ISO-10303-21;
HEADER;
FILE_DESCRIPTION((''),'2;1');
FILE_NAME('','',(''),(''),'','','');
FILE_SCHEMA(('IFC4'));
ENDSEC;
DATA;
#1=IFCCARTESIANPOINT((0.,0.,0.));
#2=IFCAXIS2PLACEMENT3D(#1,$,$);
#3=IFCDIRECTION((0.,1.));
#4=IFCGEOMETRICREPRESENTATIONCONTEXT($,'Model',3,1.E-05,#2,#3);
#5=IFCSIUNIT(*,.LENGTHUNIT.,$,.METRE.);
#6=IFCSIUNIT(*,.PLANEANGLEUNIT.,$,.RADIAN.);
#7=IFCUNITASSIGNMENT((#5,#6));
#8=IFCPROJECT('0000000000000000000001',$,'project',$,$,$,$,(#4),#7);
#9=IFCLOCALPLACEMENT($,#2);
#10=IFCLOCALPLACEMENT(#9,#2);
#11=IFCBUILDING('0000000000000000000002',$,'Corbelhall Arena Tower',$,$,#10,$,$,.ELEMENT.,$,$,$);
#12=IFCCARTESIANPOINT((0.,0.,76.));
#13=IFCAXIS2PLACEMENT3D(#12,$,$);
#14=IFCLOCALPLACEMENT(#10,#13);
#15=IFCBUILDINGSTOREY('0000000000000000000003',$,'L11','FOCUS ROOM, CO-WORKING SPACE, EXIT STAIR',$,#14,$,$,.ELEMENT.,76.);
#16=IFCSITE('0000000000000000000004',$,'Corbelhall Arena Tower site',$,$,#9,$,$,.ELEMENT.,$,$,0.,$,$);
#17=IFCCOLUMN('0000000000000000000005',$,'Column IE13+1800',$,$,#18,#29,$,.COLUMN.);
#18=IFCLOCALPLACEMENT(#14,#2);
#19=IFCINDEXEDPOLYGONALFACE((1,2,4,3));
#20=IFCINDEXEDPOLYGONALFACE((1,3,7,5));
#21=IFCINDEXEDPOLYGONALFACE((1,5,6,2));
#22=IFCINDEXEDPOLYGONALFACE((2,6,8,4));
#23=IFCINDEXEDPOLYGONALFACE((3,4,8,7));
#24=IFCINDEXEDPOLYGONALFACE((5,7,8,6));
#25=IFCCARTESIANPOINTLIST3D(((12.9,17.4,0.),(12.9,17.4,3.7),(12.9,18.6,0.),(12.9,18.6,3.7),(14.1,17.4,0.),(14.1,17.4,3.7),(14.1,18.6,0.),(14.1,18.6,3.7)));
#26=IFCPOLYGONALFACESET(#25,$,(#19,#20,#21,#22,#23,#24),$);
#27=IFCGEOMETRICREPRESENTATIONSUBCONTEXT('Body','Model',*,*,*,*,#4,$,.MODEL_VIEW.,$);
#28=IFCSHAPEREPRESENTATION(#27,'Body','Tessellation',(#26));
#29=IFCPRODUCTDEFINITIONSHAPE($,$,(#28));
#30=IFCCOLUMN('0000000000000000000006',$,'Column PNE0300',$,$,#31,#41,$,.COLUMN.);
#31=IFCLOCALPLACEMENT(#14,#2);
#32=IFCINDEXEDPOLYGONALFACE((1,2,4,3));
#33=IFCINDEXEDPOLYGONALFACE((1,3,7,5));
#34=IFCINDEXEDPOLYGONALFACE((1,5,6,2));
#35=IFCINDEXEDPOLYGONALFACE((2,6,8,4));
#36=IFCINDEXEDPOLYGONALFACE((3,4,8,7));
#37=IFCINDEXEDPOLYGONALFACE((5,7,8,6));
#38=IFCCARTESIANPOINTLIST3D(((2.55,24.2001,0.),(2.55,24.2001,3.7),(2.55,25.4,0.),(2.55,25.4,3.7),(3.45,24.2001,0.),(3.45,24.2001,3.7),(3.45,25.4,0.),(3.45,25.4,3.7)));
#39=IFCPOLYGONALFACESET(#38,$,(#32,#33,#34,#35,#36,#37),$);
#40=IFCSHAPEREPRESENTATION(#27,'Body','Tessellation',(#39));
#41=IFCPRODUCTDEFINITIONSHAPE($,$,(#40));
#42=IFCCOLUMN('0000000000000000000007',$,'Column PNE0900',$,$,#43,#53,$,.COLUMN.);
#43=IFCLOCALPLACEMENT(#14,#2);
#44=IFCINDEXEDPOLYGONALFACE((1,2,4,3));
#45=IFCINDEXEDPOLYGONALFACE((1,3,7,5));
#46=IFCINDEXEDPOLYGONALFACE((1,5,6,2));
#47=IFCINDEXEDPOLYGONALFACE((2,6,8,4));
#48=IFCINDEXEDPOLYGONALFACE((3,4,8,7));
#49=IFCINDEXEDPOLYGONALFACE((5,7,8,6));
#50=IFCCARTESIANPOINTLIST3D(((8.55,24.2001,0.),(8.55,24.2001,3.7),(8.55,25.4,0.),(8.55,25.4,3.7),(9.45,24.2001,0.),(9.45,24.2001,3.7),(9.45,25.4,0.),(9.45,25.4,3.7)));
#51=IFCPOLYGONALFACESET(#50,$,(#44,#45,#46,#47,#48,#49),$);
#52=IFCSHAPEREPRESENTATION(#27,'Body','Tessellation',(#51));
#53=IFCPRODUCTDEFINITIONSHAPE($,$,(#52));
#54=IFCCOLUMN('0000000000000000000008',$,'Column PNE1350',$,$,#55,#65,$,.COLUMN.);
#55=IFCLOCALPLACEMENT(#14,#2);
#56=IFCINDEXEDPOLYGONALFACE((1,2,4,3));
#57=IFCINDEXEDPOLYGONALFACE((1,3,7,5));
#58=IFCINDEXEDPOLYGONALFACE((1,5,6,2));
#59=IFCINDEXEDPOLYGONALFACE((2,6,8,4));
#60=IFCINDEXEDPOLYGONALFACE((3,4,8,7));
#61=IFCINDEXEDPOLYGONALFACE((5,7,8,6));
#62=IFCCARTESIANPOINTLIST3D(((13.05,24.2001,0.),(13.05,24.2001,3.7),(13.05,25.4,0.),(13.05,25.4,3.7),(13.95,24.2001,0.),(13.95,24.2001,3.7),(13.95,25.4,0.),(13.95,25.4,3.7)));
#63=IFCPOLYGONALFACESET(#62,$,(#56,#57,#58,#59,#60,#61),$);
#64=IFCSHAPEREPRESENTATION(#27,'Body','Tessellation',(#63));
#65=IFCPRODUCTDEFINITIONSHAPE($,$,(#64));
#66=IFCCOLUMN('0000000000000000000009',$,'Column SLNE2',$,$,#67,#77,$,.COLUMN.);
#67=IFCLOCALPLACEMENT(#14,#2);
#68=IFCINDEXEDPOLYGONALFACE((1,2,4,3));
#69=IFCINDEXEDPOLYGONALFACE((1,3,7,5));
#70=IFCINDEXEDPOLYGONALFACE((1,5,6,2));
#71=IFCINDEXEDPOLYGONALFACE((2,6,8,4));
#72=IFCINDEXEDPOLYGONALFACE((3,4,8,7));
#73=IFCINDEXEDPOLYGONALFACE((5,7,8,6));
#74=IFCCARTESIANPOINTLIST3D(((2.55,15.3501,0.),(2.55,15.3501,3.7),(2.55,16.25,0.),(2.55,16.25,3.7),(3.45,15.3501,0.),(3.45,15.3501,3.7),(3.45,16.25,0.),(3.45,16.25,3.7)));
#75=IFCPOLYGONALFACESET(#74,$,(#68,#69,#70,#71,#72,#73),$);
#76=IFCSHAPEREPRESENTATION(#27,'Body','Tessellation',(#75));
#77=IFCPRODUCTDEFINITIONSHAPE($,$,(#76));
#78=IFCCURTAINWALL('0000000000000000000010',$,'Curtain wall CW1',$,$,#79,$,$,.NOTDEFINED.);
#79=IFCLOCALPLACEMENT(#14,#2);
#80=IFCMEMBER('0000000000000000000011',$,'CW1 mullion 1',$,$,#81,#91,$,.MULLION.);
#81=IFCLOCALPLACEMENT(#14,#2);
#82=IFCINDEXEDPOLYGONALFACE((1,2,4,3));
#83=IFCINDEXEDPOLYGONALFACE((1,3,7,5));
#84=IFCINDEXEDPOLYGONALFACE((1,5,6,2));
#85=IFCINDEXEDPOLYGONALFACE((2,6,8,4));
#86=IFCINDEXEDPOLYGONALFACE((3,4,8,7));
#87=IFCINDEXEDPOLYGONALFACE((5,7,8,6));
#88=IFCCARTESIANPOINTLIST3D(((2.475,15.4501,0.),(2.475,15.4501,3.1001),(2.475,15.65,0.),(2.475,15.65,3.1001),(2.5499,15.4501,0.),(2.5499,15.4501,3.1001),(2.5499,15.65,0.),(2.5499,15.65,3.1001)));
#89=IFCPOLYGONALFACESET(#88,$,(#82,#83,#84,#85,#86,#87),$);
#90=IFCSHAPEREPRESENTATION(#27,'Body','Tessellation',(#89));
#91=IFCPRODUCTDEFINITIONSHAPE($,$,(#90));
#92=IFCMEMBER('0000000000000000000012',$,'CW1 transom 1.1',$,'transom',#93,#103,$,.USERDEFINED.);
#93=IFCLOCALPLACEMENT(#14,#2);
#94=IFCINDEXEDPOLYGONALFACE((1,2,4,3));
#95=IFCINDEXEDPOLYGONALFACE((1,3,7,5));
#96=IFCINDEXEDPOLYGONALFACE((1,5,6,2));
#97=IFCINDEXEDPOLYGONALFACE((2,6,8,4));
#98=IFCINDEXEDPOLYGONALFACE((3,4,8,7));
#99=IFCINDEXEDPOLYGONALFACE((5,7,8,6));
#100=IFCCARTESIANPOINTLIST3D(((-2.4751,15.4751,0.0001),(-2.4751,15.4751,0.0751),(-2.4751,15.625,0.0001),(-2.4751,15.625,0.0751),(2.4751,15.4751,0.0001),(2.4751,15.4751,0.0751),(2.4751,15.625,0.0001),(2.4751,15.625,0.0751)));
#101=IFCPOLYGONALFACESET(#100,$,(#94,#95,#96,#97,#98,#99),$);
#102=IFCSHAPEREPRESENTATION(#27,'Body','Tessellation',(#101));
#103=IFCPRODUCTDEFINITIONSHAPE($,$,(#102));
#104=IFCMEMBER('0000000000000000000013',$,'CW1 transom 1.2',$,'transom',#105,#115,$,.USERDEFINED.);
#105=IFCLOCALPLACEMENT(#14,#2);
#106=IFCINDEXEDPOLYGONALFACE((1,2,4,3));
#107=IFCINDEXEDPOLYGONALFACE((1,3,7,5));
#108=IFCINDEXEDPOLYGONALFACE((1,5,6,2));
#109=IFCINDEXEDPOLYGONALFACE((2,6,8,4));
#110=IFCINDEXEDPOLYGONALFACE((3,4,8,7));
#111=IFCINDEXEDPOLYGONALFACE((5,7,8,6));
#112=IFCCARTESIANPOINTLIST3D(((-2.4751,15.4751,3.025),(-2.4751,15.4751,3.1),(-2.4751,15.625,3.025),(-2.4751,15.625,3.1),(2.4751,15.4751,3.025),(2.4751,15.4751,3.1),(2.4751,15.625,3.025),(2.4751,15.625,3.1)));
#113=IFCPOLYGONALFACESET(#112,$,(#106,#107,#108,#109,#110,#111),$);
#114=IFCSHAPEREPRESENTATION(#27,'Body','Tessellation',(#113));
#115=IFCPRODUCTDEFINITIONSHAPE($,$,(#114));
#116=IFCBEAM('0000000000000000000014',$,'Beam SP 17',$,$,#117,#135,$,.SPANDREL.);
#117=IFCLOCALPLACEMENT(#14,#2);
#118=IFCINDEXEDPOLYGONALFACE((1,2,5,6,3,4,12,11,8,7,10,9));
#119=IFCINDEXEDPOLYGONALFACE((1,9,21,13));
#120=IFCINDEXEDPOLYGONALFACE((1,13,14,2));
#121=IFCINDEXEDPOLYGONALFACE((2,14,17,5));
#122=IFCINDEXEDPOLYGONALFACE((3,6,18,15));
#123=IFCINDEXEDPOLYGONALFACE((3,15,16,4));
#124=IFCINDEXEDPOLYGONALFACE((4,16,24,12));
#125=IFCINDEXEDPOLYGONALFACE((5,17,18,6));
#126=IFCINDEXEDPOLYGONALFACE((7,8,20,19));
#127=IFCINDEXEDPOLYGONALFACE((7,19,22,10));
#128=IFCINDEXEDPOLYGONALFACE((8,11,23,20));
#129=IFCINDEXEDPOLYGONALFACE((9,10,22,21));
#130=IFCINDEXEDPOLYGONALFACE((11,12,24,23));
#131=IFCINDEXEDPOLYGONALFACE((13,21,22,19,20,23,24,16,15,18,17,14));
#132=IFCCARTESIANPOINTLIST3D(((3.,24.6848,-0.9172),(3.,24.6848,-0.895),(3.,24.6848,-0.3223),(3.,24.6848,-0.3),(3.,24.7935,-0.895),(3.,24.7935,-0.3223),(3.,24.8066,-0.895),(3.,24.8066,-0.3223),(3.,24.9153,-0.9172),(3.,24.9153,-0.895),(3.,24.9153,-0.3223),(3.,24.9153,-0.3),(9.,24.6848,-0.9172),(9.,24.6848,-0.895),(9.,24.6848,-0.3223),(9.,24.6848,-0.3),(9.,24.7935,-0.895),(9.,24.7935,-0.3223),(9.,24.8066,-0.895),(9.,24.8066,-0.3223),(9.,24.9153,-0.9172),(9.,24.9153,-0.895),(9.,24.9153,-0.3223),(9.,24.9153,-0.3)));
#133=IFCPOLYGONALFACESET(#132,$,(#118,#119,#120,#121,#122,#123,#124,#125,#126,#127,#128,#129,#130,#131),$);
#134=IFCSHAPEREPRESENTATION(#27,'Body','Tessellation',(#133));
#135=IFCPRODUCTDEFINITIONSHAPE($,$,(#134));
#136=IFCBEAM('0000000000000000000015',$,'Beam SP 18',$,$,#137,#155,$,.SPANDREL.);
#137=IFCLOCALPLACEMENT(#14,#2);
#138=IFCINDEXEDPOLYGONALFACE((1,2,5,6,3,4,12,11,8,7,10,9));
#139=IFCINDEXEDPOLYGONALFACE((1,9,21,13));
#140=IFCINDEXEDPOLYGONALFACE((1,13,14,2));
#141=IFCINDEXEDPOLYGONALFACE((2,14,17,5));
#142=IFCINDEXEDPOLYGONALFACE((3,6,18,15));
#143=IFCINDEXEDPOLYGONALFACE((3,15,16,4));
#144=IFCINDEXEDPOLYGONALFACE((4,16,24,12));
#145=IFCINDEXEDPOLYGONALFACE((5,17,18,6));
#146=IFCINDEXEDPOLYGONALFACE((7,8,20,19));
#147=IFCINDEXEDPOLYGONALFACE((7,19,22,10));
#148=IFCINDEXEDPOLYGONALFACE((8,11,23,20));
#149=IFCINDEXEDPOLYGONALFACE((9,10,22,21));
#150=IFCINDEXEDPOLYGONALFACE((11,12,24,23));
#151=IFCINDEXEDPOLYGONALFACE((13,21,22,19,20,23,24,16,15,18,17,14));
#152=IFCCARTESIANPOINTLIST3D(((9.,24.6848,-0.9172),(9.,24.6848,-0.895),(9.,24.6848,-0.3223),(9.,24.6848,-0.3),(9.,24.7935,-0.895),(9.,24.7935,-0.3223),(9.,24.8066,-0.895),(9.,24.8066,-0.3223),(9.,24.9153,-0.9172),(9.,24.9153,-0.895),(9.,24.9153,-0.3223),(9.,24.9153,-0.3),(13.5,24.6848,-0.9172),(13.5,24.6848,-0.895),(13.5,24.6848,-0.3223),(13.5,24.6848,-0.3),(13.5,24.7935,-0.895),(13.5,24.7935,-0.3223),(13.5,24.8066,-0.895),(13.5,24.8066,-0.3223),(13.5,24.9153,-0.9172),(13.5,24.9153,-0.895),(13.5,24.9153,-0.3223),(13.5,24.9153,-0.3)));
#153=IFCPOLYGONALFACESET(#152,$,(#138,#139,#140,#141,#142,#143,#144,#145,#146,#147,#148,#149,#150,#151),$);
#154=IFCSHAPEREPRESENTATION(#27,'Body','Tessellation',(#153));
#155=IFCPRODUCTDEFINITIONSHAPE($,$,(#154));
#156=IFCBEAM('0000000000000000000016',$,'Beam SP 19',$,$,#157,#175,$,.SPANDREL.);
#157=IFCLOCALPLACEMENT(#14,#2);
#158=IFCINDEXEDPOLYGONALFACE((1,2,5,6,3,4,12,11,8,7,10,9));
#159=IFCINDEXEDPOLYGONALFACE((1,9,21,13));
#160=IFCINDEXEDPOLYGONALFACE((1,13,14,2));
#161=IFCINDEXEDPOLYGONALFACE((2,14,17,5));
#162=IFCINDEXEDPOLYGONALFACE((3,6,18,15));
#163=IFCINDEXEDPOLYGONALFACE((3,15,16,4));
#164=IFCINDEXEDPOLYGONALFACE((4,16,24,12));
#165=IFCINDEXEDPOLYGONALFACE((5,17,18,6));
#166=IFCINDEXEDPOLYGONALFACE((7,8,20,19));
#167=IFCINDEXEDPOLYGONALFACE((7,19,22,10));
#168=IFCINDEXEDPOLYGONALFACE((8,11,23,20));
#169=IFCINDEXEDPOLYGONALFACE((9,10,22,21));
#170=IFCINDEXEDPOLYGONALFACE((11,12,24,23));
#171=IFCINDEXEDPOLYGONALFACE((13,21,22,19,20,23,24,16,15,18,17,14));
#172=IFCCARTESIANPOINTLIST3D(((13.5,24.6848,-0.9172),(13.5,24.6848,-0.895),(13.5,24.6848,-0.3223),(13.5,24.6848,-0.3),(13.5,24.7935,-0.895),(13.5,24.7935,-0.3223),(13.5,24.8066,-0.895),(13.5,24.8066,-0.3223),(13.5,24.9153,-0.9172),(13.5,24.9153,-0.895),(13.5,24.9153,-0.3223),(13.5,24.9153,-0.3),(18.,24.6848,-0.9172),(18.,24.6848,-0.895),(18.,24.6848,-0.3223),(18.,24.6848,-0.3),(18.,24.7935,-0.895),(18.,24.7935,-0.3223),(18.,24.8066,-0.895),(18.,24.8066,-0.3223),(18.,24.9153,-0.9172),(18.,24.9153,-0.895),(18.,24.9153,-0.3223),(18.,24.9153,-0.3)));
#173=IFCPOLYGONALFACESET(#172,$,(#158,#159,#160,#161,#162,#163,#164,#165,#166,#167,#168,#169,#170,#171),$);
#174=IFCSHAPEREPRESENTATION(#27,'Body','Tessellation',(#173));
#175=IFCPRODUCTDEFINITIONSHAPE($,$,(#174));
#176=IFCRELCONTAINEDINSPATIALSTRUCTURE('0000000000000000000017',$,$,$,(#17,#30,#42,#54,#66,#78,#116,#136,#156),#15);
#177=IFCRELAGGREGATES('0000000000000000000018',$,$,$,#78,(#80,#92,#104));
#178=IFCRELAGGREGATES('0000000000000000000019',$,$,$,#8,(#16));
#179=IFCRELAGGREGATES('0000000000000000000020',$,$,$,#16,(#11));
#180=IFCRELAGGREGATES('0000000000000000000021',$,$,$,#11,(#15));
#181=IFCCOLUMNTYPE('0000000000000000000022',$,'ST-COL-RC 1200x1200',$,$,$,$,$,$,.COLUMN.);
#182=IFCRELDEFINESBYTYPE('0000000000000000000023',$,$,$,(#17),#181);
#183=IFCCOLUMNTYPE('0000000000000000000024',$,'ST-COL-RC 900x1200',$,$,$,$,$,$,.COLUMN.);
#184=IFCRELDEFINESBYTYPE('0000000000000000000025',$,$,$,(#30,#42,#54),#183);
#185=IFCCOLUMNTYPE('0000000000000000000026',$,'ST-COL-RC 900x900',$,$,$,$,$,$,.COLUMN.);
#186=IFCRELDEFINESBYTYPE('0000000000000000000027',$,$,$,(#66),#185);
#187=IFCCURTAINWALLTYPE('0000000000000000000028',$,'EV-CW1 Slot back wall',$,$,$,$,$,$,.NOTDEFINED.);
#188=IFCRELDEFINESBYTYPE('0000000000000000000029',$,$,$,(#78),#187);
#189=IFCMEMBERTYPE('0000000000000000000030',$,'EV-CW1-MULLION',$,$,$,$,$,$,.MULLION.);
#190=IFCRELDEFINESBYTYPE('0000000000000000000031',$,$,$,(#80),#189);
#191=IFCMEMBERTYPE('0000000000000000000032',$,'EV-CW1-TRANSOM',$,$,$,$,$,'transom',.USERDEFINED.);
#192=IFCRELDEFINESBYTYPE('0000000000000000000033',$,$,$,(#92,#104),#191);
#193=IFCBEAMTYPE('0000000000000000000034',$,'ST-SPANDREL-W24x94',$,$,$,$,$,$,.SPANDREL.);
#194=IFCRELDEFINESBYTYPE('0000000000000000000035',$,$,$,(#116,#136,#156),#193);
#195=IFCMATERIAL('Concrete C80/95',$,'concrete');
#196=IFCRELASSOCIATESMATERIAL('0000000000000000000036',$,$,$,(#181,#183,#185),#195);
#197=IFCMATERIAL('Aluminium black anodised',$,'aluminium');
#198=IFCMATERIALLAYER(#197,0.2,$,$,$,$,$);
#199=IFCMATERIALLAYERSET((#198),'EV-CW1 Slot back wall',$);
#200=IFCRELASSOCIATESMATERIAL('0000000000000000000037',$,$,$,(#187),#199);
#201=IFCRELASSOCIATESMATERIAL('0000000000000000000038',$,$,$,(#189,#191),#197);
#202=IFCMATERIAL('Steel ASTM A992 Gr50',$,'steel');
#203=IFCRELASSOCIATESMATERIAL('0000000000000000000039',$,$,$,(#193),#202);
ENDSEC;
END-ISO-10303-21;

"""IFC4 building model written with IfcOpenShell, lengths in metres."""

from ifc_helpers import new_model, si_unit, direction, frame, origin, origin_2d, place, context, subcontext, project, spatial, rectangle, i_section, extrude, material, layer, layer_set, material_profile, profile_set, type_object, element, aggregate, save


model = new_model("IFC4")

# Units and contexts
model_context = context("Model", 3, precision=1e-05, world=origin(), true_north=direction((0.0, 1.0)))
body_context = subcontext(model_context, "Body", "Model", "MODEL_VIEW")
ifc_project = project(units=[si_unit("LENGTHUNIT", "METRE"), si_unit("PLANEANGLEUNIT", "RADIAN")], contexts=[model_context])

# Site, building, storey
site_placement = place(None, origin())
site = spatial("IfcSite", under=ifc_project, at=site_placement, Name="Corbelhall Arena Tower site", CompositionType="ELEMENT", RefElevation=0.0)
building_placement = place(site_placement, origin())
building = spatial("IfcBuilding", under=site, at=building_placement, Name="Corbelhall Arena Tower", CompositionType="ELEMENT")
storey_placement = place(building_placement, frame((0.0, 0.0, 76.0)))
storey = spatial("IfcBuildingStorey", under=building, at=storey_placement, Name="L11", Description="FOCUS ROOM, CO-WORKING SPACE, EXIT STAIR", CompositionType="ELEMENT", Elevation=76.0)

# Columns
ifc_material_1 = material(Name="Concrete C80/95", Category="concrete")
ifc_material_profile_1 = material_profile(ifc_material_1, rectangle(XDim=1.2, YDim=1.2, at=origin_2d()))
ifc_profile_set_1 = profile_set([ifc_material_profile_1], Name="Concrete C80/95")
column_type_1 = type_object("IfcColumnType", Name="ST-COL-RC 1200x1200", PredefinedType="COLUMN", material=ifc_profile_set_1)
column_1_placement = place(storey_placement, frame((13.5, 18.0, 0.0), z_axis=(0.0, 0.0, 1.0), x_axis=(1.0, 0.0, 0.0)))
element("IfcColumn", 1, at=column_1_placement, inside=storey, type_object=column_type_1, Name="Column IE13+1800", PredefinedType="COLUMN", context=body_context, shape_type="SweptSolid", body=[
    extrude(rectangle(XDim=1.2, YDim=1.2, at=origin_2d()), origin(), (0.0, 0.0, 1.0), 3.7),
])
ifc_material_profile_2 = material_profile(ifc_material_1, rectangle(XDim=0.8999, YDim=1.2, at=origin_2d()))
ifc_profile_set_2 = profile_set([ifc_material_profile_2], Name="Concrete C80/95")
column_type_2 = type_object("IfcColumnType", Name="ST-COL-RC 900x1200", PredefinedType="COLUMN", material=ifc_profile_set_2)
for number, where, z_axis, x_axis, name in (
    (2, (3.0, 24.8, 0.0), (0.0, 0.0, 1.0), (1.0, 0.0, 0.0), "Column PNE0300"),
    (3, (9.0, 24.8, 0.0), (0.0, 0.0, 1.0), (1.0, 0.0, 0.0), "Column PNE0900"),
    (4, (13.5, 24.8, 0.0), (0.0, 0.0, 1.0), (1.0, 0.0, 0.0), "Column PNE1350"),
):
    element("IfcColumn", number, at=place(storey_placement, frame(where, z_axis=z_axis, x_axis=x_axis)), inside=storey, type_object=column_type_2, Name=name, PredefinedType="COLUMN", context=body_context, shape_type="SweptSolid", body=[
        extrude(rectangle(XDim=0.8999, YDim=1.2, at=origin_2d()), origin(), (0.0, 0.0, 1.0), 3.7),
    ])
ifc_material_profile_3 = material_profile(ifc_material_1, rectangle(XDim=0.8999, YDim=0.8999, at=origin_2d()))
ifc_profile_set_3 = profile_set([ifc_material_profile_3], Name="Concrete C80/95")
column_type_3 = type_object("IfcColumnType", Name="ST-COL-RC 900x900", PredefinedType="COLUMN", material=ifc_profile_set_3)
column_2_placement = place(storey_placement, frame((3.0, 15.8, 0.0), z_axis=(0.0, 0.0, 1.0), x_axis=(1.0, 0.0, 0.0)))
element("IfcColumn", 5, at=column_2_placement, inside=storey, type_object=column_type_3, Name="Column SLNE2", PredefinedType="COLUMN", context=body_context, shape_type="SweptSolid", body=[
    extrude(rectangle(XDim=0.8999, YDim=0.8999, at=origin_2d()), origin(), (0.0, 0.0, 1.0), 3.7),
])

# Curtain wall, members
ifc_material_2 = material(Name="Aluminium black anodised", Category="aluminium")
ifc_layer_1 = layer(ifc_material_2, 0.2)
ifc_layer_set_1 = layer_set([ifc_layer_1], Name="EV-CW1 Slot back wall")
curtain_wall_type = type_object("IfcCurtainWallType", Name="EV-CW1 Slot back wall", PredefinedType="NOTDEFINED", material=ifc_layer_set_1)
curtain_wall_placement = place(storey_placement, origin())
curtain_wall = element("IfcCurtainWall", 6, at=curtain_wall_placement, inside=storey, type_object=curtain_wall_type, Name="Curtain wall CW1", PredefinedType="NOTDEFINED")
ifc_material_profile_4 = material_profile(ifc_material_2, rectangle(XDim=0.2, YDim=0.075, at=origin_2d()))
ifc_profile_set_4 = profile_set([ifc_material_profile_4], Name="Aluminium black anodised")
member_type_1 = type_object("IfcMemberType", Name="EV-CW1-MULLION", PredefinedType="MULLION", material=ifc_profile_set_4)
member_1_placement = place(storey_placement, frame((2.5125, 15.55, 0.0), z_axis=(0.0, 0.0, 1.0), x_axis=(0.0, -1.0, 0.0)))
member_1 = element("IfcMember", 7, at=member_1_placement, type_object=member_type_1, Name="CW1 mullion 1", PredefinedType="MULLION", context=body_context, shape_type="SweptSolid", body=[
    extrude(rectangle(XDim=0.2, YDim=0.075, at=origin_2d()), origin(), (0.0, 0.0, 1.0), 3.1001),
])
ifc_material_profile_5 = material_profile(ifc_material_2, rectangle(XDim=0.1499, YDim=0.075, at=origin_2d()))
ifc_profile_set_5 = profile_set([ifc_material_profile_5], Name="Aluminium black anodised")
member_type_2 = type_object("IfcMemberType", Name="EV-CW1-TRANSOM", ElementType="transom", PredefinedType="USERDEFINED", material=ifc_profile_set_5)
member_2_placement = place(storey_placement, frame((2.4751, 15.55, 0.0376), z_axis=(-1.0, 0.0, 0.0), x_axis=(0.0, -1.0, 0.0)))
member_2 = element("IfcMember", 8, at=member_2_placement, type_object=member_type_2, Name="CW1 transom 1.1", ObjectType="transom", PredefinedType="USERDEFINED", context=body_context, shape_type="SweptSolid", body=[
    extrude(rectangle(XDim=0.1499, YDim=0.075, at=origin_2d()), origin(), (0.0, 0.0, 1.0), 4.9502),
])
member_3_placement = place(storey_placement, frame((2.4751, 15.55, 3.0625), z_axis=(-1.0, 0.0, 0.0), x_axis=(0.0, -1.0, 0.0)))
member_3 = element("IfcMember", 9, at=member_3_placement, type_object=member_type_2, Name="CW1 transom 1.2", ObjectType="transom", PredefinedType="USERDEFINED", context=body_context, shape_type="SweptSolid", body=[
    extrude(rectangle(XDim=0.1499, YDim=0.075, at=origin_2d()), origin(), (0.0, 0.0, 1.0), 4.9502),
])

# Beams
ifc_material_3 = material(Name="Steel ASTM A992 Gr50", Category="steel")
ifc_material_profile_6 = material_profile(ifc_material_3, i_section(OverallWidth=0.2305, OverallDepth=0.6172, WebThickness=0.0132, FlangeThickness=0.0222, at=origin_2d()))
ifc_profile_set_6 = profile_set([ifc_material_profile_6], Name="Steel ASTM A992 Gr50")
beam_type_1 = type_object("IfcBeamType", Name="ST-SPANDREL-W24x94", PredefinedType="SPANDREL", material=ifc_profile_set_6)
beam_1_placement = place(storey_placement, frame((3.0, 24.8, -0.6086), z_axis=(1.0, 0.0, 0.0), x_axis=(0.0, 1.0, 0.0)))
element("IfcBeam", 10, at=beam_1_placement, inside=storey, type_object=beam_type_1, Name="Beam SP 17", PredefinedType="SPANDREL", context=body_context, shape_type="SweptSolid", body=[
    extrude(i_section(OverallWidth=0.2305, OverallDepth=0.6172, WebThickness=0.0132, FlangeThickness=0.0222, at=origin_2d()), origin(), (0.0, 0.0, 1.0), 6.0),
])
for number, where, z_axis, x_axis, name in (
    (11, (9.0, 24.8, -0.6086), (1.0, 0.0, 0.0), (0.0, 1.0, 0.0), "Beam SP 18"),
    (12, (13.5, 24.8, -0.6086), (1.0, 0.0, 0.0), (0.0, 1.0, 0.0), "Beam SP 19"),
):
    element("IfcBeam", number, at=place(storey_placement, frame(where, z_axis=z_axis, x_axis=x_axis)), inside=storey, type_object=beam_type_1, Name=name, PredefinedType="SPANDREL", context=body_context, shape_type="SweptSolid", body=[
        extrude(i_section(OverallWidth=0.2305, OverallDepth=0.6172, WebThickness=0.0132, FlangeThickness=0.0222, at=origin_2d()), origin(), (0.0, 0.0, 1.0), 4.5),
    ])

aggregate(curtain_wall, [member_1, member_2, member_3])

save(model, "model.ifc")
